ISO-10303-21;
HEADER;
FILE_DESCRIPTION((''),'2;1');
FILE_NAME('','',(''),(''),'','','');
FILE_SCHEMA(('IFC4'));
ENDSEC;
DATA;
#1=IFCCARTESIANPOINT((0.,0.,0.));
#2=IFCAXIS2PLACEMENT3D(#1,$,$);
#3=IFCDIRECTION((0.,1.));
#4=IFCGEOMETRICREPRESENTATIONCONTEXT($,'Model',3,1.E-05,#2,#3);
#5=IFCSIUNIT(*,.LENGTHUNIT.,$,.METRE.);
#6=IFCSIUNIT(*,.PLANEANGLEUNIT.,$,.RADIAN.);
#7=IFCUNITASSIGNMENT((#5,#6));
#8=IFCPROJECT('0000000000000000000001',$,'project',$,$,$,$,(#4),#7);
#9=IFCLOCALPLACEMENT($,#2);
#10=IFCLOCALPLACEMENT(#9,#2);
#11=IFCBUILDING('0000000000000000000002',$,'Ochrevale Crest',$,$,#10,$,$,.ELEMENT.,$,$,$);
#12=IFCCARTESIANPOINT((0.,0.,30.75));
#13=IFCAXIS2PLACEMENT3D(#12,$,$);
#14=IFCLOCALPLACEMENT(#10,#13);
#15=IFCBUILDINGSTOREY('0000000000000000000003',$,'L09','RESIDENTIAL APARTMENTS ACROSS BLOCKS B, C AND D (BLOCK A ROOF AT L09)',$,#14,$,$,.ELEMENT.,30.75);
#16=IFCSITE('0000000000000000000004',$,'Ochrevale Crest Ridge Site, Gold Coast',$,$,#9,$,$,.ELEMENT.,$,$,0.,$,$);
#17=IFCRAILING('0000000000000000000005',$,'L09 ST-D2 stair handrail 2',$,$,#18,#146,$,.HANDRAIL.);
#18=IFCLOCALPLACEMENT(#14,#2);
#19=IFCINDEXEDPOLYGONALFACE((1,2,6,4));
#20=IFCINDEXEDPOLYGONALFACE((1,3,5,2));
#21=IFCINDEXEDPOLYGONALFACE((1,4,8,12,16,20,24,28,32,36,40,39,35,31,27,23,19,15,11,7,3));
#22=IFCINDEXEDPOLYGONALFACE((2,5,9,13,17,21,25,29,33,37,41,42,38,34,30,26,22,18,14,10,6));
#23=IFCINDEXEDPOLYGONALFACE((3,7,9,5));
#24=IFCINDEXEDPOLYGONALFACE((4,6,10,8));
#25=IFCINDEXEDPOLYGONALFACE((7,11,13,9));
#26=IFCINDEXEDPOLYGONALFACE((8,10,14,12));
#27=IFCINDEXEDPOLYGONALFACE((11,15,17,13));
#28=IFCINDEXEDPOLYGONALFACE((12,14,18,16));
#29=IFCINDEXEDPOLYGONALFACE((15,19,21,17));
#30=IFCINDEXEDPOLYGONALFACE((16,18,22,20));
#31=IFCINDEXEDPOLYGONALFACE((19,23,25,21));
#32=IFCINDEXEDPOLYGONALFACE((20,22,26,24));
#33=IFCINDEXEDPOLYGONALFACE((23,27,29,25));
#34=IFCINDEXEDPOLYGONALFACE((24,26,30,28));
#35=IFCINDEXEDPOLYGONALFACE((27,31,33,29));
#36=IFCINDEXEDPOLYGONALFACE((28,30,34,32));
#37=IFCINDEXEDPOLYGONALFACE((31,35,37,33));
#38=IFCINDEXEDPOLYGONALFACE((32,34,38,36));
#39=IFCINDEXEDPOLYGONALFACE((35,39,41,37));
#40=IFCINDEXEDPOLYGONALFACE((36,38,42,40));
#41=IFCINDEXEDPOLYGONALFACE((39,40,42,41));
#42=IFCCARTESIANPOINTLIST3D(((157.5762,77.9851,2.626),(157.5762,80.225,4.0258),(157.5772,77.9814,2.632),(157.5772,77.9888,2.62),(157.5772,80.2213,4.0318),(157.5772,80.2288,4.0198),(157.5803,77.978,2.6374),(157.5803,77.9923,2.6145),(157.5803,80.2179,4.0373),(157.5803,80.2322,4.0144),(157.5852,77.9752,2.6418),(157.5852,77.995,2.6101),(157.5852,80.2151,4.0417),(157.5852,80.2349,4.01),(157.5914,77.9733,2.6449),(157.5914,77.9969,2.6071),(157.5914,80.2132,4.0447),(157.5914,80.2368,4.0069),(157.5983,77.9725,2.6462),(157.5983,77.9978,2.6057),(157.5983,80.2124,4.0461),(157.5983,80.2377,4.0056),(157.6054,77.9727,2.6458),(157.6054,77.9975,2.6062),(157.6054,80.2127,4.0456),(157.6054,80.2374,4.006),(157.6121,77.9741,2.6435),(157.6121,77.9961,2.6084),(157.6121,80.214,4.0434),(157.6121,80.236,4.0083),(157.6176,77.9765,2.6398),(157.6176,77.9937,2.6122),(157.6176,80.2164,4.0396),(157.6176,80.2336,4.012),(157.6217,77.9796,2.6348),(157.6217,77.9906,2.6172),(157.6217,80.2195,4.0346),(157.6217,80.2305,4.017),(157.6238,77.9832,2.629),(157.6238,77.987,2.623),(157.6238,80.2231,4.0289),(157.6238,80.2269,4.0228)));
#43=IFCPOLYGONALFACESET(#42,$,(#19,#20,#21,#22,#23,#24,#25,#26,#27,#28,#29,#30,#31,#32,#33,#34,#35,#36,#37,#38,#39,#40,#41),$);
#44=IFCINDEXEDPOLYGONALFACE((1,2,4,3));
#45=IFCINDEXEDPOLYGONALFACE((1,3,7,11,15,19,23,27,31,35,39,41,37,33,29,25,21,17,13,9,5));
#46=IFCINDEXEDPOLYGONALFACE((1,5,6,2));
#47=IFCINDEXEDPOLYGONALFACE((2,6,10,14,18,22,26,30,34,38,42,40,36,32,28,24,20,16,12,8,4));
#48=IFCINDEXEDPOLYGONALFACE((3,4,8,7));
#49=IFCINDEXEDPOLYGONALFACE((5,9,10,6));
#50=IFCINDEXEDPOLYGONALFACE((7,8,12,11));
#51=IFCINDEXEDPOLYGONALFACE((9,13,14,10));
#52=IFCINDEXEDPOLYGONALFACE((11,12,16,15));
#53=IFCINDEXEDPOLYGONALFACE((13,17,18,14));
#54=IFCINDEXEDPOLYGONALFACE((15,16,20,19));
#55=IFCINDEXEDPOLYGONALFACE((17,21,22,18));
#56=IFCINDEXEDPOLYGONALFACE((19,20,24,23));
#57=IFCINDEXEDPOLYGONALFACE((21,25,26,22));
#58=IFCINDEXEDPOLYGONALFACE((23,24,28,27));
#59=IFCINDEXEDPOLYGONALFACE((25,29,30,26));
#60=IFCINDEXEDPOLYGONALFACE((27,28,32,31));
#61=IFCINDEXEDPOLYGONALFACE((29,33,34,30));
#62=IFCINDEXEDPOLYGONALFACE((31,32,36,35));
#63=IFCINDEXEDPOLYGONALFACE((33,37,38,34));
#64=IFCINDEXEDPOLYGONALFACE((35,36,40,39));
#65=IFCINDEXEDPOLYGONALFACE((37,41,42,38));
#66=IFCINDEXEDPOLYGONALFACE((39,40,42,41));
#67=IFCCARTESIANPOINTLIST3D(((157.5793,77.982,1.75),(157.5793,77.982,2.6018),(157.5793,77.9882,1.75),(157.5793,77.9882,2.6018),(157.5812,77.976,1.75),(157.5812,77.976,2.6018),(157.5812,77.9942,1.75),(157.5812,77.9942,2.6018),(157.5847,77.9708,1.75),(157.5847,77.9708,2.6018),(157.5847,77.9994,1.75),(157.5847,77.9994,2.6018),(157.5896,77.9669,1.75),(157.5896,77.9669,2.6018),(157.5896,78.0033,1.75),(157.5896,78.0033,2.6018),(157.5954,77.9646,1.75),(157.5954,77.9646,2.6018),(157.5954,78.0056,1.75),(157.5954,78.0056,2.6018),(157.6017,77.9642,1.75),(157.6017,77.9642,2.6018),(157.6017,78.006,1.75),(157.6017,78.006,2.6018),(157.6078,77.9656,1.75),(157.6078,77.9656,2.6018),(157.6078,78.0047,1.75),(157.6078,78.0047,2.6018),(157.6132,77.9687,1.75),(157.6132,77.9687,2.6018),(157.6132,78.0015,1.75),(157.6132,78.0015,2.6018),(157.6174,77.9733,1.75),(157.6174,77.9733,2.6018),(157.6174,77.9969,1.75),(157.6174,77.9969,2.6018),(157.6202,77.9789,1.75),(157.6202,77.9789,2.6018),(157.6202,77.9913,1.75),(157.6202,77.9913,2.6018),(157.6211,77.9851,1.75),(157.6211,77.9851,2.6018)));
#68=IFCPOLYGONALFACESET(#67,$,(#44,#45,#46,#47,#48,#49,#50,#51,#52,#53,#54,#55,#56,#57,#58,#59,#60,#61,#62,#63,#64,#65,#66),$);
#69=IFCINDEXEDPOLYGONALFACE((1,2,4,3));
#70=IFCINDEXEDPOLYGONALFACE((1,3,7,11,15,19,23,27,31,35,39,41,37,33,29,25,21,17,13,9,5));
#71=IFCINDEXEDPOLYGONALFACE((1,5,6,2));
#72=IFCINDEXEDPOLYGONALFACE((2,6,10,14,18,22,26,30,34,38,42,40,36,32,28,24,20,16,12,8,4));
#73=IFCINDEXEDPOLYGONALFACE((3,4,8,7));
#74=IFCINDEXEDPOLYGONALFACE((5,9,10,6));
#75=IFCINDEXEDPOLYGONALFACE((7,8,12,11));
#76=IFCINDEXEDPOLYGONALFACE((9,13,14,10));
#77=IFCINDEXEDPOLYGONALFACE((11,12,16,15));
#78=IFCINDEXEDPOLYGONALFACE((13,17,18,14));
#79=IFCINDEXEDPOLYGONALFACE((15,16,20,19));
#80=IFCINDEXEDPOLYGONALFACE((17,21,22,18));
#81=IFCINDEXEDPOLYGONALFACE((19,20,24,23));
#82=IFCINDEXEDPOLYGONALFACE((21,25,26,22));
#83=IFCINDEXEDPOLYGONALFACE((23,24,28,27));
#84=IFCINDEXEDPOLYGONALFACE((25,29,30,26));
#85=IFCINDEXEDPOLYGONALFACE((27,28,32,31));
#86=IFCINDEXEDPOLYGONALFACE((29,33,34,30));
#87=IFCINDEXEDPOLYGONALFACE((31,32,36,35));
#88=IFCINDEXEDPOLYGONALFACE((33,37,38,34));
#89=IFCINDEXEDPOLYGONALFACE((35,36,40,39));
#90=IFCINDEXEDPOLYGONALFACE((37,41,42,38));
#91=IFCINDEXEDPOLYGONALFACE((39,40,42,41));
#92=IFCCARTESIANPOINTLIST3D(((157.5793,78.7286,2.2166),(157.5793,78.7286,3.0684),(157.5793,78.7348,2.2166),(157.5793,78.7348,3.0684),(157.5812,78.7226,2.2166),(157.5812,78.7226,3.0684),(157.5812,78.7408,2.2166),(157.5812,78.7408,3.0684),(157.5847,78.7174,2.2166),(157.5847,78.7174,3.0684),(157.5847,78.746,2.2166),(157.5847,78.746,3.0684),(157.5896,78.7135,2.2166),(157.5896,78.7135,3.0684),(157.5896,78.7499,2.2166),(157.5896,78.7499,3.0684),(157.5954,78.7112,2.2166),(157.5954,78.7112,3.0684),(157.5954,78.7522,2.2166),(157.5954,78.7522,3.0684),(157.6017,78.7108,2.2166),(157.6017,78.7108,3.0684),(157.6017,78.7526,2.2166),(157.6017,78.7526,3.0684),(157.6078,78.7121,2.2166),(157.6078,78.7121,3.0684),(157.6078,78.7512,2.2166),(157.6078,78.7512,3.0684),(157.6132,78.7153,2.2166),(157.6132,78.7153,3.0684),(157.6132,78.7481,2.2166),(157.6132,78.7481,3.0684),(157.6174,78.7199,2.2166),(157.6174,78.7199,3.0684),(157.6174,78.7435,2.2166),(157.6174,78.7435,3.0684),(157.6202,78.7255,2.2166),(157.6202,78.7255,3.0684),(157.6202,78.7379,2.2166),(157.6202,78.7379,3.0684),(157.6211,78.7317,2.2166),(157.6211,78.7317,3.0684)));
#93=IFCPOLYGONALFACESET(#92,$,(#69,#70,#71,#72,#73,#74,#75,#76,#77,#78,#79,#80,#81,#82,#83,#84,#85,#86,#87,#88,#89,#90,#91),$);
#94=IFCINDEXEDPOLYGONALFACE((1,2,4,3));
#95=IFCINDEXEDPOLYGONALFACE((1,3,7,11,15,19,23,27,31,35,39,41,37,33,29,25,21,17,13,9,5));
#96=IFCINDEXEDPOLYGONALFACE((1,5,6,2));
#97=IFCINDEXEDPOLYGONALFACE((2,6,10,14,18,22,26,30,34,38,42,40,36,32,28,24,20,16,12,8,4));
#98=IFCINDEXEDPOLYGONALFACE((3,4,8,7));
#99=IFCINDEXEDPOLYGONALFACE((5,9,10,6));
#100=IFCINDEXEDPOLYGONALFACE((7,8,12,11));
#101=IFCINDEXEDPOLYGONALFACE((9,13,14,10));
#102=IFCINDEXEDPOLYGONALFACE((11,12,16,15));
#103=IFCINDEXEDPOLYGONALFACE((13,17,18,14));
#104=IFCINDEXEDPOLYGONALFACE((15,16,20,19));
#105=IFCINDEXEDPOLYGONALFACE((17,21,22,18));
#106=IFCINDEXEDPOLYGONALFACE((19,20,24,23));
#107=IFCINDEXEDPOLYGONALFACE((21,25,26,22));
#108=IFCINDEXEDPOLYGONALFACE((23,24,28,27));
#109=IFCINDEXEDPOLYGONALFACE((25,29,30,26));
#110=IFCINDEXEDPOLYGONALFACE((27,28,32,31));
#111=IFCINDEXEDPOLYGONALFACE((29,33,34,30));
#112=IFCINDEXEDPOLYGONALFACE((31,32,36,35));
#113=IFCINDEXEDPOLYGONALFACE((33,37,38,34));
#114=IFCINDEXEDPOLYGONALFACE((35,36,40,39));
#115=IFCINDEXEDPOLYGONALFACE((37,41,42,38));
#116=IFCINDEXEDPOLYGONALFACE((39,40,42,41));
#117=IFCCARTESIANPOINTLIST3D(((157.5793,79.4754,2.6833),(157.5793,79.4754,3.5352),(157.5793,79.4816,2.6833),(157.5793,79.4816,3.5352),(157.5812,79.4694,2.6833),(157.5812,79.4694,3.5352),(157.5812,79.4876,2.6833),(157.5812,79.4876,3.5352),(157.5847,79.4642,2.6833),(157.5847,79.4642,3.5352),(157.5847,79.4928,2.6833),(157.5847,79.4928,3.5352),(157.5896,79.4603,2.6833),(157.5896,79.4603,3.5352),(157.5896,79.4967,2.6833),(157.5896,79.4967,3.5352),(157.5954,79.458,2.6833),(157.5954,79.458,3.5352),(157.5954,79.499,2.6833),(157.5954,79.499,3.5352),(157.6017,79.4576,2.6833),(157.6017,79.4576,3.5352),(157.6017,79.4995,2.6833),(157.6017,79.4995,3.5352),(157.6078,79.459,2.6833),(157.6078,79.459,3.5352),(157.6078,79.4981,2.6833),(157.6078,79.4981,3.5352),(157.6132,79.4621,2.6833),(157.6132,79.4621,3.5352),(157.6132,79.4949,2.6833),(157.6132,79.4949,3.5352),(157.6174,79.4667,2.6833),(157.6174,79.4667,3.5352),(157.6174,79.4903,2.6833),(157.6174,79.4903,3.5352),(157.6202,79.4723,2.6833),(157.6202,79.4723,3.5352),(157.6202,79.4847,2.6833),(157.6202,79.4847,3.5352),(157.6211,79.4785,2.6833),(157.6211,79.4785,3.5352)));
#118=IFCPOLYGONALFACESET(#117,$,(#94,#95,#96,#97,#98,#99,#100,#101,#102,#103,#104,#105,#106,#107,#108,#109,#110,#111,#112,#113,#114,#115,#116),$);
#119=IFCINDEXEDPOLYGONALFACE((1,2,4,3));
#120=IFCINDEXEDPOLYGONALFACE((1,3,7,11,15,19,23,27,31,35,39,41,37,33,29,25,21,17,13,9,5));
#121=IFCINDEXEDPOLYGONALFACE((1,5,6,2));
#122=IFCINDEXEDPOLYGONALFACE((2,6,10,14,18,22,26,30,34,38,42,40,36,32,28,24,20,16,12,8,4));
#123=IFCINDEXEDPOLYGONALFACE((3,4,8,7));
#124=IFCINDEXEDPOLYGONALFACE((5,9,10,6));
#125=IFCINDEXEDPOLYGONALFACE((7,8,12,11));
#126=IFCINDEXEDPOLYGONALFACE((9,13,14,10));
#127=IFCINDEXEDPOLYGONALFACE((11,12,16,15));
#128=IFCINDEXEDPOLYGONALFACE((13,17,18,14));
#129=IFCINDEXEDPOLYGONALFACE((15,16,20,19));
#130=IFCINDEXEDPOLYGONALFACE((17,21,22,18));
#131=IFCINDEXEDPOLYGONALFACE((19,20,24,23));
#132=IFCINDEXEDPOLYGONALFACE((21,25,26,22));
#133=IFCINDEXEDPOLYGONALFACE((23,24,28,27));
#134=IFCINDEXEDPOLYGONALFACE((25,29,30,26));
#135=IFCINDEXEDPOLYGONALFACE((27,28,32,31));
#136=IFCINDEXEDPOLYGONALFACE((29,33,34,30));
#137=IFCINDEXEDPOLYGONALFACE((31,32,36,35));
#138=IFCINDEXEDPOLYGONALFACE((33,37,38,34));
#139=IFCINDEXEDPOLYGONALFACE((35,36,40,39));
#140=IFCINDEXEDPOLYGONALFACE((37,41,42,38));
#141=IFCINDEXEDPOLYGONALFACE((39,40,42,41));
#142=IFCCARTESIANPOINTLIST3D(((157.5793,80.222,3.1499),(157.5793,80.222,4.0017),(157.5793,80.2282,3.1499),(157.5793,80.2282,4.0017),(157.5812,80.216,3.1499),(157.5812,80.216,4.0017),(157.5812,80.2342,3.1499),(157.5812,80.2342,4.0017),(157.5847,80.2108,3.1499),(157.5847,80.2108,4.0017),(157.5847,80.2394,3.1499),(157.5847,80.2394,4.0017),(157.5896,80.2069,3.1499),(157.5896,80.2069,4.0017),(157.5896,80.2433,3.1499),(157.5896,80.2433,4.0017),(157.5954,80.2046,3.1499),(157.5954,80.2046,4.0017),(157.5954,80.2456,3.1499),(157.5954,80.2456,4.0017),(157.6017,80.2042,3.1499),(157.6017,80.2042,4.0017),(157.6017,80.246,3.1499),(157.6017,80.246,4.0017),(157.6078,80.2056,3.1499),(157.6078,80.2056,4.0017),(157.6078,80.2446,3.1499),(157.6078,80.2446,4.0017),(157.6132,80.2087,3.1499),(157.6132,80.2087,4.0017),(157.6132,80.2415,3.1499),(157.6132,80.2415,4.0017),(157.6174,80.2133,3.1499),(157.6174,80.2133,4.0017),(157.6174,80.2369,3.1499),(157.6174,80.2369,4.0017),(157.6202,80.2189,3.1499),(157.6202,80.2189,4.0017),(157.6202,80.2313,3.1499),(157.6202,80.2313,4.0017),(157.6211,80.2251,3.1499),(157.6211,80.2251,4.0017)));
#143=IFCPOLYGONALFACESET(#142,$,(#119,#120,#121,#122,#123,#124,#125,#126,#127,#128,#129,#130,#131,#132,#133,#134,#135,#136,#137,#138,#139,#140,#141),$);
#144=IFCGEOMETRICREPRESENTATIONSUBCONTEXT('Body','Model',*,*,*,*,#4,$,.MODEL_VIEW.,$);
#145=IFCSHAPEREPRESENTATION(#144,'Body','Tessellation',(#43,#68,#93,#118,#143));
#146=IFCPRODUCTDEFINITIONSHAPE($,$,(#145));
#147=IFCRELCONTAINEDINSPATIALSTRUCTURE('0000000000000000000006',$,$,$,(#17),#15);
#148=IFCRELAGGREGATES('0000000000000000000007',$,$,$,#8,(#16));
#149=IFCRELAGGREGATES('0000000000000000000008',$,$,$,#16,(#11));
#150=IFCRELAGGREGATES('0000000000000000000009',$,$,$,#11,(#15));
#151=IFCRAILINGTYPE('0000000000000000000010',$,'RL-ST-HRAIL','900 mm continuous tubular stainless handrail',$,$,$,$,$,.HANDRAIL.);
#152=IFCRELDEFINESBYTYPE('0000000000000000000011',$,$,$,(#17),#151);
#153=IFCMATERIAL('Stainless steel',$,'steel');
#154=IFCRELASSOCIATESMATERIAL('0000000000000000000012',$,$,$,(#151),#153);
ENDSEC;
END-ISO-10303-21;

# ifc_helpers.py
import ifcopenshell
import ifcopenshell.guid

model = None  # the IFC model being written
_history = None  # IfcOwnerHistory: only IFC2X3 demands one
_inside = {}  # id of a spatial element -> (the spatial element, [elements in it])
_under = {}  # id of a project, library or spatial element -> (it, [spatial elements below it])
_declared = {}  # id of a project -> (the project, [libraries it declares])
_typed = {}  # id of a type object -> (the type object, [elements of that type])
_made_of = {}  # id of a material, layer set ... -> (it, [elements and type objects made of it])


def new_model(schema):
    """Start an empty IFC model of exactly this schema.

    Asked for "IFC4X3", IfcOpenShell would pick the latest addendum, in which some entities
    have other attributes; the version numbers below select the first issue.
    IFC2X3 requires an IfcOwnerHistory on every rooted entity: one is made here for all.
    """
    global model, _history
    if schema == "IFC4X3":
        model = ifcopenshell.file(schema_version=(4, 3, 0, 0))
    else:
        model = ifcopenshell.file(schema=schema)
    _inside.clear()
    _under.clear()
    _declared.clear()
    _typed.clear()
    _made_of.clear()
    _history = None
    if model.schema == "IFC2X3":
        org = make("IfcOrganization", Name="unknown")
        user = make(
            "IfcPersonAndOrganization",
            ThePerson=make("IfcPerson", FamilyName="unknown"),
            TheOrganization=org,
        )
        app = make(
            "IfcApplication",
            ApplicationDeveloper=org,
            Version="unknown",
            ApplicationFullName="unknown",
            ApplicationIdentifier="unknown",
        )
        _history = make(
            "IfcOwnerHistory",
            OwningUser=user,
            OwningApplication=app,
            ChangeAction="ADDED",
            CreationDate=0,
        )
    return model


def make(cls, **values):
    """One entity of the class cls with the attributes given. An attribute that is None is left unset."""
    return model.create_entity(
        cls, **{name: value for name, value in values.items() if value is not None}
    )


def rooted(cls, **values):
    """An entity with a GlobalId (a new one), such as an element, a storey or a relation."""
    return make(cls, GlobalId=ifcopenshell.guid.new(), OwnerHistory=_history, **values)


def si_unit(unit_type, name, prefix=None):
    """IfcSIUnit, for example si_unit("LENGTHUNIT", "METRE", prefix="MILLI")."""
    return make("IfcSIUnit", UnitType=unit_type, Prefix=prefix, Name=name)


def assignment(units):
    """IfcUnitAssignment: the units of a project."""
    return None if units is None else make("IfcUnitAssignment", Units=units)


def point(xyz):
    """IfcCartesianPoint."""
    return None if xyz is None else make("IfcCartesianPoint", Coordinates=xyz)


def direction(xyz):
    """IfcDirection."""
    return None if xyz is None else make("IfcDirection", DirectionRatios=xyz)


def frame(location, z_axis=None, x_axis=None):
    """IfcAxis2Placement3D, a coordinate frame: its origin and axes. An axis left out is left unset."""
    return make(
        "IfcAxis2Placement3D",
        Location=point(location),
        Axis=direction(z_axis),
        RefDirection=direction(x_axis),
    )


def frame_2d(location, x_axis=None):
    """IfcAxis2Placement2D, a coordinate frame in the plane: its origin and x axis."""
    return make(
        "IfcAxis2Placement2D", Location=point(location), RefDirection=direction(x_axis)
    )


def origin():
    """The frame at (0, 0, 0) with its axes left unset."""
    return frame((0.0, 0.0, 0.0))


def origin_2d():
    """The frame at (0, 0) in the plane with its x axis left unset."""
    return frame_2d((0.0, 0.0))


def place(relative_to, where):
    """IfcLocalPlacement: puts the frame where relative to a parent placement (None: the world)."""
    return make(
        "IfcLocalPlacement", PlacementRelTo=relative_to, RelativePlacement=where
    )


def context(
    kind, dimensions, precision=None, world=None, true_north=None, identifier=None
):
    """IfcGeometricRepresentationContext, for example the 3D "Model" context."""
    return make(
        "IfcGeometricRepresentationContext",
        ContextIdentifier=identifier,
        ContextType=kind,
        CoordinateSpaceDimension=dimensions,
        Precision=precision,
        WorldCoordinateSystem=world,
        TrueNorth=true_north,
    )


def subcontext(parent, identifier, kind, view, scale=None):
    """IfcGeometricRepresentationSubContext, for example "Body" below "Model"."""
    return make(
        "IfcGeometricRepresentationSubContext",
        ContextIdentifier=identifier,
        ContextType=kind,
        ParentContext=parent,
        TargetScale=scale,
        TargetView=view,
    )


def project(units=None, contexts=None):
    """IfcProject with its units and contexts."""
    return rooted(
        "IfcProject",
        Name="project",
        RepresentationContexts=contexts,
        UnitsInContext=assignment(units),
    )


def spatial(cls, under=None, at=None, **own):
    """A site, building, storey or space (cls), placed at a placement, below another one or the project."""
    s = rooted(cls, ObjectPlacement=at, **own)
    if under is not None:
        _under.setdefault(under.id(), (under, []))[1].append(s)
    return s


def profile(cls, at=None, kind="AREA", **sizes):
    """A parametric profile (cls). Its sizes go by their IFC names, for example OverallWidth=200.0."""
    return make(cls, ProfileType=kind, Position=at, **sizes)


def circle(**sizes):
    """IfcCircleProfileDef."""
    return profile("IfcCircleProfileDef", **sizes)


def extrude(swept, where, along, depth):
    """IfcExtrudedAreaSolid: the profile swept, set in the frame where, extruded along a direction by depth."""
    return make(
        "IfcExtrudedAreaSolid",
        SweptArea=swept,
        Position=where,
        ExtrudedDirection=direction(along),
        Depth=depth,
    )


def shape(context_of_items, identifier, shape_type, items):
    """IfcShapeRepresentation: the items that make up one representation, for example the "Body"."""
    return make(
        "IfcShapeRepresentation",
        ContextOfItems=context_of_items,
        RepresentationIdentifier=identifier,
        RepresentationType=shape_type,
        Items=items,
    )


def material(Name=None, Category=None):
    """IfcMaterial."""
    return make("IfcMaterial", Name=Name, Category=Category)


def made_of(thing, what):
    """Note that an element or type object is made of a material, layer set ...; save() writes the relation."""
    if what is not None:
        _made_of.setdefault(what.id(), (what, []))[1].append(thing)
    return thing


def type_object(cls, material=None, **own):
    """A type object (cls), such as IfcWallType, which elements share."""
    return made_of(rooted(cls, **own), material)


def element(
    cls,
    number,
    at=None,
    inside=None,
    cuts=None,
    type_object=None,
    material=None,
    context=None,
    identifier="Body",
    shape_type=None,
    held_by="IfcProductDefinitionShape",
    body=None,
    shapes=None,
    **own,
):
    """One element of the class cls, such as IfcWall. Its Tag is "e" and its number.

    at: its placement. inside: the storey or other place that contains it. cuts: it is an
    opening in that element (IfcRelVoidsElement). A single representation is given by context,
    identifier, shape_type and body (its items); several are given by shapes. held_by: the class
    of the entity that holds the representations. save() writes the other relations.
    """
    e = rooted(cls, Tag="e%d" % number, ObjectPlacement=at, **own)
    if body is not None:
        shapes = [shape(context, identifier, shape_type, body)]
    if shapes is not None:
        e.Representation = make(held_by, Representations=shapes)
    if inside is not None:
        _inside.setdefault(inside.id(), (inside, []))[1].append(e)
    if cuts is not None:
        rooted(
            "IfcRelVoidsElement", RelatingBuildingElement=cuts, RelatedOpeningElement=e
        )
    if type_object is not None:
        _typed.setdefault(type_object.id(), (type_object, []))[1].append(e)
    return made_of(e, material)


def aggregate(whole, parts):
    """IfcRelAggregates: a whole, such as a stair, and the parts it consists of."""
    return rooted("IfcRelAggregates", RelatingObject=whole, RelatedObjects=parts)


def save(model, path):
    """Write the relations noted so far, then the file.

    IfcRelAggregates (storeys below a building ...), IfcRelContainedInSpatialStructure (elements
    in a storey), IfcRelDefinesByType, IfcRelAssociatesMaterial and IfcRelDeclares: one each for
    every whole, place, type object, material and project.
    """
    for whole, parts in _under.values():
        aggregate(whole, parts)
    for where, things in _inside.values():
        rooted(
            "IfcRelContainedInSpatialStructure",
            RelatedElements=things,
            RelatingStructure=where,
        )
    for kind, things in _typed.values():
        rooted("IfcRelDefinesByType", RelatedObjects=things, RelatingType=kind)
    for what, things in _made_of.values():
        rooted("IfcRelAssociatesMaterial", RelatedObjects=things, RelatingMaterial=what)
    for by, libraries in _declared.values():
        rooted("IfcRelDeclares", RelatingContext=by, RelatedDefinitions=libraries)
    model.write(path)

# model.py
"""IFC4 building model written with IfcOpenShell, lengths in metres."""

from ifc_helpers import new_model, si_unit, direction, frame, origin, origin_2d, place, context, subcontext, project, spatial, circle, extrude, material, type_object, element, save


model = new_model("IFC4")

# Units and contexts
model_context = context("Model", 3, precision=1e-05, world=origin(), true_north=direction((0.0, 1.0)))
body_context = subcontext(model_context, "Body", "Model", "MODEL_VIEW")
ifc_project = project(units=[si_unit("LENGTHUNIT", "METRE"), si_unit("PLANEANGLEUNIT", "RADIAN")], contexts=[model_context])

# Site, building, storey
site_placement = place(None, origin())
site = spatial("IfcSite", under=ifc_project, at=site_placement, Name="Ochrevale Crest Ridge Site, Gold Coast", CompositionType="ELEMENT", RefElevation=0.0)
building_placement = place(site_placement, origin())
building = spatial("IfcBuilding", under=site, at=building_placement, Name="Ochrevale Crest", CompositionType="ELEMENT")
storey_placement = place(building_placement, frame((0.0, 0.0, 30.75)))
storey = spatial("IfcBuildingStorey", under=building, at=storey_placement, Name="L09", Description="RESIDENTIAL APARTMENTS ACROSS BLOCKS B, C AND D (BLOCK A ROOF AT L09)", CompositionType="ELEMENT", Elevation=30.75)

# Railing
ifc_material_1 = material(Name="Stainless steel", Category="steel")
railing_type_1 = type_object("IfcRailingType", Name="RL-ST-HRAIL", Description="900 mm continuous tubular stainless handrail", PredefinedType="HANDRAIL", material=ifc_material_1)
railing_1_placement = place(storey_placement, frame((157.6001, 77.9851, 1.75)))
element("IfcRailing", 1, at=railing_1_placement, inside=storey, type_object=railing_type_1, Name="L09 ST-D2 stair handrail 2", PredefinedType="HANDRAIL", context=body_context, shape_type="SweptSolid", body=[
    extrude(circle(Radius=0.0239, at=origin_2d()), frame((0.0, 0.0, 0.876), z_axis=(0.0, 0.848014, 0.529974), x_axis=(-1.0, 0.0, 0.0)), (0.0, 0.0, 1.0), 2.6414),
    extrude(circle(Radius=0.021, at=origin_2d()), origin(), (0.0, 0.0, 1.0), 0.8518),
    extrude(circle(Radius=0.021, at=origin_2d()), frame((0.0, 0.7466, 0.4666)), (0.0, 0.0, 1.0), 0.8518),
    extrude(circle(Radius=0.021, at=origin_2d()), frame((0.0, 1.4934, 0.9333)), (0.0, 0.0, 1.0), 0.8518),
    extrude(circle(Radius=0.021, at=origin_2d()), frame((0.0, 2.24, 1.3999)), (0.0, 0.0, 1.0), 0.8518),
])

save(model, "model.ifc")
